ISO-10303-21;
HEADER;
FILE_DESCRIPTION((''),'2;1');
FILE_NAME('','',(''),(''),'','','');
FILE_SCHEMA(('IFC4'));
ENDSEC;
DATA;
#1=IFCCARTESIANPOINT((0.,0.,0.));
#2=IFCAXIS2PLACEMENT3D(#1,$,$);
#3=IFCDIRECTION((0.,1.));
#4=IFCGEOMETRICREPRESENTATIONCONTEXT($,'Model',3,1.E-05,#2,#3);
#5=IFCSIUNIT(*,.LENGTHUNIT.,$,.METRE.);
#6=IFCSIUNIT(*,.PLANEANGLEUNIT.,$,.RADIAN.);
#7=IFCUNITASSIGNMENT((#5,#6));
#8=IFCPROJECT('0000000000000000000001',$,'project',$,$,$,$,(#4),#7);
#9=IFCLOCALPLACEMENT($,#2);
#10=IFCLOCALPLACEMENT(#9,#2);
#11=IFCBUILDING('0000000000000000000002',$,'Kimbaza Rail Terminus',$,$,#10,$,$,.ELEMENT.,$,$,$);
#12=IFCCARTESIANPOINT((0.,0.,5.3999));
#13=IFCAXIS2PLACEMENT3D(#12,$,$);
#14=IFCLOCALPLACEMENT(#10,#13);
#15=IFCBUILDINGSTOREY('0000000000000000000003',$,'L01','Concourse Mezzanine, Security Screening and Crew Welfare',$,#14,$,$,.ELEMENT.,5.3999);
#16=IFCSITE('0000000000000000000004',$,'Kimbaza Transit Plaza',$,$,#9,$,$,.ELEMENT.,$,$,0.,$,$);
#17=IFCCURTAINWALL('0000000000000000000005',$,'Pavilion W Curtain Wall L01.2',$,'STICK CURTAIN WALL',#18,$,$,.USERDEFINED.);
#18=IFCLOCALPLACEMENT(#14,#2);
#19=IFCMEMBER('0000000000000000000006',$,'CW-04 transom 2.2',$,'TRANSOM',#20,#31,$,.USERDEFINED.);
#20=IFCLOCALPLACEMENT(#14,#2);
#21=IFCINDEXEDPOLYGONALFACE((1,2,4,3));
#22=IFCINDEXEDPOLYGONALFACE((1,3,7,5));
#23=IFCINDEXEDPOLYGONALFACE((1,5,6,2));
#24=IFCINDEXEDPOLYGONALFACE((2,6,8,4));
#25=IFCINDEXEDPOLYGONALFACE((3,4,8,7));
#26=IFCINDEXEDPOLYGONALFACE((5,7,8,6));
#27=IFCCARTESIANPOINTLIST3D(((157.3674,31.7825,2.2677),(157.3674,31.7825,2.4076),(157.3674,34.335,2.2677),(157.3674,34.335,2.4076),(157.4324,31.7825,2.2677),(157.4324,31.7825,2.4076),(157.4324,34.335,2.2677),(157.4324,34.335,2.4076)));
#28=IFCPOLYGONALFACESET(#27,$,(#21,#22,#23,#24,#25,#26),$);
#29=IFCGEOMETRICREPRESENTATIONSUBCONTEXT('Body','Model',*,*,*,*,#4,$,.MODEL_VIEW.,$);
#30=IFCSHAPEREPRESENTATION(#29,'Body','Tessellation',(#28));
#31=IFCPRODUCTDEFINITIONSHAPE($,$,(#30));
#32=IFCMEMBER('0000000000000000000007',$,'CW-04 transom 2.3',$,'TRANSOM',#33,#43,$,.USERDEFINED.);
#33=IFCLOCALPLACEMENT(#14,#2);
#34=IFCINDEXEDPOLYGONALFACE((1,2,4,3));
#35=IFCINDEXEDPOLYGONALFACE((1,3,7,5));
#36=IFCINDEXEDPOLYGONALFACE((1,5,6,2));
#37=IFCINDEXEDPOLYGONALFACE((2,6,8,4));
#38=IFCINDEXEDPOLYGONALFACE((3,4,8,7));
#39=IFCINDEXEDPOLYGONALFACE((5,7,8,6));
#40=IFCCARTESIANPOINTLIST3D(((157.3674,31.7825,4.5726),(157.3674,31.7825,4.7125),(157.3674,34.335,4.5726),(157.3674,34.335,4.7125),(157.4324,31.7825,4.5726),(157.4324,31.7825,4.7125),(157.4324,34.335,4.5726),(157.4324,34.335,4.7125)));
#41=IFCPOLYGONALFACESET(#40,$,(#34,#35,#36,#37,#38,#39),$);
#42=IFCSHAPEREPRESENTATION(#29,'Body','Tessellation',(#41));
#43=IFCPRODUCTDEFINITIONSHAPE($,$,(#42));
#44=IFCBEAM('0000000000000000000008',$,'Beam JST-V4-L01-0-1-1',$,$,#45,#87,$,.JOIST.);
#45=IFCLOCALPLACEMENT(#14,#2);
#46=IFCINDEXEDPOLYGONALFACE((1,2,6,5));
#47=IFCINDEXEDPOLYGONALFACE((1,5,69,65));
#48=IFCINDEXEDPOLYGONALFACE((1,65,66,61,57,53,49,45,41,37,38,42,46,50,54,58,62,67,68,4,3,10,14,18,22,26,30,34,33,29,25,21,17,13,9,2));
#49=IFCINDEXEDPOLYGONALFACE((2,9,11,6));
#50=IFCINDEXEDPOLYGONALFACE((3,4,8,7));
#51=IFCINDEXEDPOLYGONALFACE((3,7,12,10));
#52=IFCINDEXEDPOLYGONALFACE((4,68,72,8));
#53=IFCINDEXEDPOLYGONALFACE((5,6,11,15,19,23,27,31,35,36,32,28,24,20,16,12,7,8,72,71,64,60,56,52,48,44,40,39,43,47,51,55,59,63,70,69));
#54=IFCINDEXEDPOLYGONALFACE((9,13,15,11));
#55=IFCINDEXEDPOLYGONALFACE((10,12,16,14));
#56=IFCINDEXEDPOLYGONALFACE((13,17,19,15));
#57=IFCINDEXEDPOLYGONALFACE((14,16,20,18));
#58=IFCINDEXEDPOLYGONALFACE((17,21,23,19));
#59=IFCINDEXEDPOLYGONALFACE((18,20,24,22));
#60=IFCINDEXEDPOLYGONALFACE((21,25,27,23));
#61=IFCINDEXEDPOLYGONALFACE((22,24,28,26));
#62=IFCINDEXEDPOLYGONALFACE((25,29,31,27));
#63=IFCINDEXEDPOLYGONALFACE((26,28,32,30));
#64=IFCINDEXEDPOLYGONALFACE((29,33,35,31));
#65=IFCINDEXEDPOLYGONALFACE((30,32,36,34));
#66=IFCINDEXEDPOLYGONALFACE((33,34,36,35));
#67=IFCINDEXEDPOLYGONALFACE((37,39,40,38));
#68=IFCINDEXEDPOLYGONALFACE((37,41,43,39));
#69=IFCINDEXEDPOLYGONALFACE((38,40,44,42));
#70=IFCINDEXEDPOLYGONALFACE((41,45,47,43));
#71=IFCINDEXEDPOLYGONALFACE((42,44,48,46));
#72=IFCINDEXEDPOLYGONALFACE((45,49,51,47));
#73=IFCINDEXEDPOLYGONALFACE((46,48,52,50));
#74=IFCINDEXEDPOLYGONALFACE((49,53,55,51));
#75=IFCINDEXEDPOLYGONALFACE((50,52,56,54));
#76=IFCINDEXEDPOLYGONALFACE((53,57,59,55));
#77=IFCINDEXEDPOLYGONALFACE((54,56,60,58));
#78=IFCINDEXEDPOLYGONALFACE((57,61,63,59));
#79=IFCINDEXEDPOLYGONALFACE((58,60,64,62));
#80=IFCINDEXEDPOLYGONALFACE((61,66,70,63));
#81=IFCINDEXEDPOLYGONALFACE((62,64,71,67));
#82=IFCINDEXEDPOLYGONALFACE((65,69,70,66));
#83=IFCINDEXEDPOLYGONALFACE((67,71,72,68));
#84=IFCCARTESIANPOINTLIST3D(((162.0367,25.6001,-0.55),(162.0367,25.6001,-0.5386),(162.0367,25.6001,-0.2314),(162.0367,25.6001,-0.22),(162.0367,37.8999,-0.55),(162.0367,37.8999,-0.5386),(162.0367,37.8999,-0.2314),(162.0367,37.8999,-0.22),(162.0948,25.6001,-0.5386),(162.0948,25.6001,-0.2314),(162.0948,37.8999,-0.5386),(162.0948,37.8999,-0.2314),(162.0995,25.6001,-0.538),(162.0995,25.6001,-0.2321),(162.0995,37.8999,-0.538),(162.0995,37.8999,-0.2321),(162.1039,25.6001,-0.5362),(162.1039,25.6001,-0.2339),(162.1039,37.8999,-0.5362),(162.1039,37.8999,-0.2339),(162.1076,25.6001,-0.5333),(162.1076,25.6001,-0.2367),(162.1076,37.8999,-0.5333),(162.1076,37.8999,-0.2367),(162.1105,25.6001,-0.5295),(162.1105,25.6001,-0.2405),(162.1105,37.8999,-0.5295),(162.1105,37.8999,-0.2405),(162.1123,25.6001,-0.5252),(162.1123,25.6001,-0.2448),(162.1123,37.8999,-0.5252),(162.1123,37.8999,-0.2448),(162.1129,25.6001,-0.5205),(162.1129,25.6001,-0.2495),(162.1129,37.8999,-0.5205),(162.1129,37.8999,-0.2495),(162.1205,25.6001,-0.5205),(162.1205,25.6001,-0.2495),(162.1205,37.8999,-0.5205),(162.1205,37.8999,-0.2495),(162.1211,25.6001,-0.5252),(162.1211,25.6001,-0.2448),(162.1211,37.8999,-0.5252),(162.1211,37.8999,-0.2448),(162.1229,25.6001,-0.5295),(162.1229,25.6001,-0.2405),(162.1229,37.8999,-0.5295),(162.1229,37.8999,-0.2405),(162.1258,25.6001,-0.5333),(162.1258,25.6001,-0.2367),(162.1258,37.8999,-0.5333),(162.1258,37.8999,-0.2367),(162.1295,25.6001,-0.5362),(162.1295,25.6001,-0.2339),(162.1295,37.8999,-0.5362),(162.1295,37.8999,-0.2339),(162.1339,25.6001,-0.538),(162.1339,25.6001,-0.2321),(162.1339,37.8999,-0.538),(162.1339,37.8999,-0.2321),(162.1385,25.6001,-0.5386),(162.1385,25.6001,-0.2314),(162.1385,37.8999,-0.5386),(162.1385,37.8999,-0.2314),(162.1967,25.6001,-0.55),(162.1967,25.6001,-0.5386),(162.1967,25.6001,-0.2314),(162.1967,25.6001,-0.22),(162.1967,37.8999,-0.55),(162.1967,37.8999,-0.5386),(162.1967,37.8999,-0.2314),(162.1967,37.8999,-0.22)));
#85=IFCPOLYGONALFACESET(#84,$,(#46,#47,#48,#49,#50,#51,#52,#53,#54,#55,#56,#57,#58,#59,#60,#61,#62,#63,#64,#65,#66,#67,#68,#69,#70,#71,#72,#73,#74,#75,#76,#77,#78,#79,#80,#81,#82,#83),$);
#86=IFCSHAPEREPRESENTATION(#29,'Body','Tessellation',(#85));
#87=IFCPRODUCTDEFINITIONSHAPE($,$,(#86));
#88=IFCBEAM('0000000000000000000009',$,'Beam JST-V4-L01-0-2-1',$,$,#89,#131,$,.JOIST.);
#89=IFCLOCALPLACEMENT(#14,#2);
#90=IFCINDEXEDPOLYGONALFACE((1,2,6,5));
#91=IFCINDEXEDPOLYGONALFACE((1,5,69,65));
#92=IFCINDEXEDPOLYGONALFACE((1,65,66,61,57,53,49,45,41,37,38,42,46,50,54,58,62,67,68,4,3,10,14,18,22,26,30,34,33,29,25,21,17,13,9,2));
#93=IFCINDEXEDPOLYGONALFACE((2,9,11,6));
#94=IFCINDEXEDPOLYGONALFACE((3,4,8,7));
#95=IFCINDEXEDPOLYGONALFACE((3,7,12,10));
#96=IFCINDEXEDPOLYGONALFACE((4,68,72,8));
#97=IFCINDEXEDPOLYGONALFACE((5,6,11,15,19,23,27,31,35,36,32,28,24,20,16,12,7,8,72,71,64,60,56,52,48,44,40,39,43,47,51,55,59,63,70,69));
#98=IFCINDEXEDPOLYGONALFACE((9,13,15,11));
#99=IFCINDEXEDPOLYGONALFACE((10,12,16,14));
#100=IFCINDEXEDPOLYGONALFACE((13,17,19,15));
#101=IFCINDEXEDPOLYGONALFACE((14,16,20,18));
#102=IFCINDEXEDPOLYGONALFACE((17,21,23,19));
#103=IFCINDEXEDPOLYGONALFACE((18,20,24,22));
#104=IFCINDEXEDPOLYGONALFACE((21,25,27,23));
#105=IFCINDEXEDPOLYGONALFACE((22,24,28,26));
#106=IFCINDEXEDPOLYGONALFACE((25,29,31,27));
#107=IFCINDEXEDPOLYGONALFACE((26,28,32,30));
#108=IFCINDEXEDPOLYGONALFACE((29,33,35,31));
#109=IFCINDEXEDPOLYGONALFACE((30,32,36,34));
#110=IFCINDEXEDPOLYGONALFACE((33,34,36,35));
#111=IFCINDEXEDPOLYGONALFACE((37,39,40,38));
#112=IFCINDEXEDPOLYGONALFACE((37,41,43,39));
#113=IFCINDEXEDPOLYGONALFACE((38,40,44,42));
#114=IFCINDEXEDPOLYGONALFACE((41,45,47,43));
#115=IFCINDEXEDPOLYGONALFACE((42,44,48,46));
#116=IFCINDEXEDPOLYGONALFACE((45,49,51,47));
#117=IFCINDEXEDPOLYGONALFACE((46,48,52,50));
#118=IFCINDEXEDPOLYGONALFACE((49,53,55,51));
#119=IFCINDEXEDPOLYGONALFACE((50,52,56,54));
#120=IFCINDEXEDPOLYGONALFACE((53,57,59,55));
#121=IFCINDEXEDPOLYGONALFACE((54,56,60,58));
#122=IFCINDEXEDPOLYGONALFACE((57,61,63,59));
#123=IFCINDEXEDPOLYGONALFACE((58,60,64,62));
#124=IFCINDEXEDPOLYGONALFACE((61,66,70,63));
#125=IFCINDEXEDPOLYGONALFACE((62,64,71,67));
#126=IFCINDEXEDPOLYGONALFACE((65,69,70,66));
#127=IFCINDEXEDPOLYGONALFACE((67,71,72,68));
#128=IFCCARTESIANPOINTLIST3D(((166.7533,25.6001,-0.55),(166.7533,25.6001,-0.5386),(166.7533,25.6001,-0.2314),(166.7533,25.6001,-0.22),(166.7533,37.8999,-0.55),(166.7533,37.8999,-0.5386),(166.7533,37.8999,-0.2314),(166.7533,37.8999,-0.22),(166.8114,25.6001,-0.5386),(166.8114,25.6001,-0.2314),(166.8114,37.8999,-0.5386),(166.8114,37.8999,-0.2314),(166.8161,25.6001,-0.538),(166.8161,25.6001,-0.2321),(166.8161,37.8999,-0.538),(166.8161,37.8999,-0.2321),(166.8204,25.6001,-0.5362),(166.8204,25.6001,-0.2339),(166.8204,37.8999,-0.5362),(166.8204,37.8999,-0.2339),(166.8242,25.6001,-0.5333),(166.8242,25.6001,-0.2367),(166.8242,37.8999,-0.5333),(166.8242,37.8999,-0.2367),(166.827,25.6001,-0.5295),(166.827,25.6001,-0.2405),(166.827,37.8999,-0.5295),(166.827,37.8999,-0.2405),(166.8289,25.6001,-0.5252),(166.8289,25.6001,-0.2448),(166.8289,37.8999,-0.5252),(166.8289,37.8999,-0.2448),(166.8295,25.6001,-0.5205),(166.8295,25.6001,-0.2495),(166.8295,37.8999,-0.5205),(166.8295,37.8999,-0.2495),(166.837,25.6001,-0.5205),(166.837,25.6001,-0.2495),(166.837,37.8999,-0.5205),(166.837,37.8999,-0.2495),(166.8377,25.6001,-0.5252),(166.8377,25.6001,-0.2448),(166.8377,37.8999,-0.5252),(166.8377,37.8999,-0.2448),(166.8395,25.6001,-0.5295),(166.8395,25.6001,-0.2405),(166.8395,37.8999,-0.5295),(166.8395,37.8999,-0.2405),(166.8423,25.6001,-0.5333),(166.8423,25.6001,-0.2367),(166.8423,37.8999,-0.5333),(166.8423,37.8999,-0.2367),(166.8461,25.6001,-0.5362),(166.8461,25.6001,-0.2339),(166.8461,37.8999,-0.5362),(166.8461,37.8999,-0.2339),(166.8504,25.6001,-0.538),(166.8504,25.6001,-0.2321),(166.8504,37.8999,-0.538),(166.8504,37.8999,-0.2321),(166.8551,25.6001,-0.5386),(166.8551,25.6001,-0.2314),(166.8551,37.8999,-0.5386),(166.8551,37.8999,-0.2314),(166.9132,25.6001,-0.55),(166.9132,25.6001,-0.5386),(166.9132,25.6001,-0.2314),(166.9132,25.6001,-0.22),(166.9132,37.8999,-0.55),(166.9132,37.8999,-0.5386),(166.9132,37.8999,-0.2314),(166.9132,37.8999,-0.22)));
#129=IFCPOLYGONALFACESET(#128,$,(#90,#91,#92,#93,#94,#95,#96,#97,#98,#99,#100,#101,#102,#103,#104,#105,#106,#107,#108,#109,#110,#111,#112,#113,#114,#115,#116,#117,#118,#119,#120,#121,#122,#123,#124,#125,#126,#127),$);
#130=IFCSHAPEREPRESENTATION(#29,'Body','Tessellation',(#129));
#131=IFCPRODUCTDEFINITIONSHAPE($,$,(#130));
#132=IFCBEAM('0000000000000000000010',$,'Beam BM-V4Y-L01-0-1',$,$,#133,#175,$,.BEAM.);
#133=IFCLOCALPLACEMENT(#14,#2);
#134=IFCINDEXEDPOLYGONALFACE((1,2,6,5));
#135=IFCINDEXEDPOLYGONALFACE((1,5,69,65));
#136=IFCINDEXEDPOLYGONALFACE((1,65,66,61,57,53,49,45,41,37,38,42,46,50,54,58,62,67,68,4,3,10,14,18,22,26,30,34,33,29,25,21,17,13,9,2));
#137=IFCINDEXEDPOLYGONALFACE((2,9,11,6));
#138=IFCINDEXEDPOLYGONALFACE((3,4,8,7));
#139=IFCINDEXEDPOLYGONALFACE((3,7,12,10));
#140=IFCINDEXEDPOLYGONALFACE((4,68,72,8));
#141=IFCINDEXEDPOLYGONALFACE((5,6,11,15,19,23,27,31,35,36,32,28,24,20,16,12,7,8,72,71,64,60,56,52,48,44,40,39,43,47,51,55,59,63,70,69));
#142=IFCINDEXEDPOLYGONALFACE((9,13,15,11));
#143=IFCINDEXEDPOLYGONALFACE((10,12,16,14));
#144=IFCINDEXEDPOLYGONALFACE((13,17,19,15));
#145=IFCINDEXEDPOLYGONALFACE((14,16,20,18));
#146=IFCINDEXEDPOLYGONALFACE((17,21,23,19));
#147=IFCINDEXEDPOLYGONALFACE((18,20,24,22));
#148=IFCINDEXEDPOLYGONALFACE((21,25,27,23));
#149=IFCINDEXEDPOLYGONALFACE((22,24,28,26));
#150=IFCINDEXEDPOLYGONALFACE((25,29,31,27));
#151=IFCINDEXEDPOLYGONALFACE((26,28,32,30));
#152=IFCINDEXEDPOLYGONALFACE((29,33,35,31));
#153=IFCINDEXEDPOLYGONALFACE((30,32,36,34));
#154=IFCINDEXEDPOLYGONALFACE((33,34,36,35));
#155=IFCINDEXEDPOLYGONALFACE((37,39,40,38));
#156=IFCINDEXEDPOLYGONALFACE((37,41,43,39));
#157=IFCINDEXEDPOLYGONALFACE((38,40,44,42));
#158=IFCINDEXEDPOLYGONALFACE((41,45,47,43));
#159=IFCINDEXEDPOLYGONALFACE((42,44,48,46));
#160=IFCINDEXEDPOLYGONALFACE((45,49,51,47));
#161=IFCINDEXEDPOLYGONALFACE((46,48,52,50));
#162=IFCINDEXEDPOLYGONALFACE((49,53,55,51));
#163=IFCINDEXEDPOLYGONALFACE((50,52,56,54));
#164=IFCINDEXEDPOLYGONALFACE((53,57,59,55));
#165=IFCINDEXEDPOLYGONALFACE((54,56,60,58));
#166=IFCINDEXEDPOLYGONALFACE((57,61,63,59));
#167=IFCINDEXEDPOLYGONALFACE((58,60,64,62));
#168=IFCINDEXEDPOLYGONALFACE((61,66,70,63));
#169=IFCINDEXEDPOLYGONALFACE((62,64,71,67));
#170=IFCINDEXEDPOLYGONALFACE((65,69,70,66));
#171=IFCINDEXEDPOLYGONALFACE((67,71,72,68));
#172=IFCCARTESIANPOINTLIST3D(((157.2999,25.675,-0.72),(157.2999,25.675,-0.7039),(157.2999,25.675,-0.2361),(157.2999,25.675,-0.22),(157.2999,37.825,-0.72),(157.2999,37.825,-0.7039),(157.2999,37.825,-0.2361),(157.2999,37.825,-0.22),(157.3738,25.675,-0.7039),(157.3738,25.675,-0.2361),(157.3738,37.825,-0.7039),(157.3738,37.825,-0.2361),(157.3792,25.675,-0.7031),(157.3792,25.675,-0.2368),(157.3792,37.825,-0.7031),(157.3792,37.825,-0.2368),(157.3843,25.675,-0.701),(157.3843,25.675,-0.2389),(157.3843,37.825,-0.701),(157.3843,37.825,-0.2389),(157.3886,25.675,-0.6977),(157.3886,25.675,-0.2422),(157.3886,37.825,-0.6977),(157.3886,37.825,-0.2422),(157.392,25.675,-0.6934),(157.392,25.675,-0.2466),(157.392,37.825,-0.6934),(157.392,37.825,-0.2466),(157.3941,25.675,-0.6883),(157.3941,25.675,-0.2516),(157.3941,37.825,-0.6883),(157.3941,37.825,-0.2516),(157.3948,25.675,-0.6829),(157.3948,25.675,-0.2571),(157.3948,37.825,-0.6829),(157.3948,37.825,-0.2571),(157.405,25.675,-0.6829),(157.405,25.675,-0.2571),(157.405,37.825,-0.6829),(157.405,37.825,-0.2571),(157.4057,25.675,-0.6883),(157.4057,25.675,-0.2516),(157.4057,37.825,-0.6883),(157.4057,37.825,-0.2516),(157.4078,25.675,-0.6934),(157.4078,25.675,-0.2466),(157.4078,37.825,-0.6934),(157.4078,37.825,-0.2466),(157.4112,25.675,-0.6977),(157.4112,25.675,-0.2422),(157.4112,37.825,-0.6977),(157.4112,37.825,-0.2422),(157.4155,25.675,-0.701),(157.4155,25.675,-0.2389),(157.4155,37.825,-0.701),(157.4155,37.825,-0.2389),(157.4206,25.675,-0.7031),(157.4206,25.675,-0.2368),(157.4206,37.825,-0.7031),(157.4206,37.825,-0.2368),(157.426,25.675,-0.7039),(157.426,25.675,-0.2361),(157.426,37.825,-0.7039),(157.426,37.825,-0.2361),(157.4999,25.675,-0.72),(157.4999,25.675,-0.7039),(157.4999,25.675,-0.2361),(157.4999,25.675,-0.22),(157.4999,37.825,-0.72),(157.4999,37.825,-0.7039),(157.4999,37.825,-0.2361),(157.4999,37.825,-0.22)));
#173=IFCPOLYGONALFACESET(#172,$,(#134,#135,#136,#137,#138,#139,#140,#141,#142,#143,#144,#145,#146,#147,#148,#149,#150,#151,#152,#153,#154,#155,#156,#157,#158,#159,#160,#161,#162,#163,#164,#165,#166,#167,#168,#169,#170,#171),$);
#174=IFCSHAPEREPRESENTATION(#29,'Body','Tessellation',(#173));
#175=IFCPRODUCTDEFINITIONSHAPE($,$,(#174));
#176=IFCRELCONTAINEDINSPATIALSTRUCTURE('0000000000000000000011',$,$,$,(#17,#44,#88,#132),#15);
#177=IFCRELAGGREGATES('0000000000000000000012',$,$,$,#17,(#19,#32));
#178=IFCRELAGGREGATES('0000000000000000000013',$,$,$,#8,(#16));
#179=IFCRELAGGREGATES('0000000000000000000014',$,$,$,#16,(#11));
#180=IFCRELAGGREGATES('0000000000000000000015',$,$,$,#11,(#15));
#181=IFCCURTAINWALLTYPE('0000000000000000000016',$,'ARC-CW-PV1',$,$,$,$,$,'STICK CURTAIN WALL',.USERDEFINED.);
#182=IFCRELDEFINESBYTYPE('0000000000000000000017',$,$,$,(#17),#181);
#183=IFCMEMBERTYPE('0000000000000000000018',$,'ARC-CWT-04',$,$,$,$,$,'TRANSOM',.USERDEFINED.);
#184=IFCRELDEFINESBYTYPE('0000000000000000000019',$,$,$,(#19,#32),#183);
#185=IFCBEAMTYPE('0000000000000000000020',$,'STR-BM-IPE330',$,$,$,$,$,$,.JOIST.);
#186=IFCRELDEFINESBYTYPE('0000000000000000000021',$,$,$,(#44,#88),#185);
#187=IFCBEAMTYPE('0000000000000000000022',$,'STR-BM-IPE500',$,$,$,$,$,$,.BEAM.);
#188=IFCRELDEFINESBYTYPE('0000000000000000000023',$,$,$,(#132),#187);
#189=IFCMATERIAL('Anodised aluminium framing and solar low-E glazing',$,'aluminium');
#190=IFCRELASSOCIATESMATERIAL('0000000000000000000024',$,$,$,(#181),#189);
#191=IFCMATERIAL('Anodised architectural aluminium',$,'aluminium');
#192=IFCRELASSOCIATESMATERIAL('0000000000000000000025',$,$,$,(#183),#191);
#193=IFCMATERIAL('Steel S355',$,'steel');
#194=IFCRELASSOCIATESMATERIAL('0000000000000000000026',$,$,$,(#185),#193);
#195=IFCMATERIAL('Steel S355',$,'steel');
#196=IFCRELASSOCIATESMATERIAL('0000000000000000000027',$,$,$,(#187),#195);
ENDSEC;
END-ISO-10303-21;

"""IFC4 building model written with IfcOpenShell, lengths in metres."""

from ifc_helpers import new_model, si_unit, direction, frame, origin, origin_2d, place, context, subcontext, project, spatial, rectangle, i_section, extrude, material, material_profile, profile_set, type_object, element, aggregate, save


model = new_model("IFC4")

# Units and contexts
model_context = context("Model", 3, precision=1e-05, world=origin(), true_north=direction((0.0, 1.0)))
body_context = subcontext(model_context, "Body", "Model", "MODEL_VIEW")
ifc_project = project(units=[si_unit("LENGTHUNIT", "METRE"), si_unit("PLANEANGLEUNIT", "RADIAN")], contexts=[model_context])

# Site, building, storey
site_placement = place(None, origin())
site = spatial("IfcSite", under=ifc_project, at=site_placement, Name="Kimbaza Transit Plaza", CompositionType="ELEMENT", RefElevation=0.0)
building_placement = place(site_placement, origin())
building = spatial("IfcBuilding", under=site, at=building_placement, Name="Kimbaza Rail Terminus", CompositionType="ELEMENT")
storey_placement = place(building_placement, frame((0.0, 0.0, 5.3999)))
storey = spatial("IfcBuildingStorey", under=building, at=storey_placement, Name="L01", Description="Concourse Mezzanine, Security Screening and Crew Welfare", CompositionType="ELEMENT", Elevation=5.3999)

# Curtain wall
ifc_material_1 = material(Name="Anodised aluminium framing and solar low-E glazing", Category="aluminium")
curtain_wall_type = type_object("IfcCurtainWallType", Name="ARC-CW-PV1", ElementType="STICK CURTAIN WALL", PredefinedType="USERDEFINED", material=ifc_material_1)
curtain_wall_1_placement = place(storey_placement, origin())
curtain_wall_1 = element("IfcCurtainWall", 1, at=curtain_wall_1_placement, inside=storey, type_object=curtain_wall_type, Name="Pavilion W Curtain Wall L01.2", ObjectType="STICK CURTAIN WALL", PredefinedType="USERDEFINED")

# Members
ifc_material_2 = material(Name="Anodised architectural aluminium", Category="aluminium")
ifc_material_profile_1 = material_profile(ifc_material_2, rectangle(XDim=0.0649, YDim=0.1399, at=origin_2d()), Name="TRANSOM 65x140")
ifc_profile_set_1 = profile_set([ifc_material_profile_1], Name="Anodised architectural aluminium")
member_type_1 = type_object("IfcMemberType", Name="ARC-CWT-04", ElementType="TRANSOM", PredefinedType="USERDEFINED", material=ifc_profile_set_1)
member_1_placement = place(storey_placement, frame((157.3999, 31.7825, 2.3376), z_axis=(0.0, 1.0, 0.0), x_axis=(-1.0, 0.0, 0.0)))
member_1 = element("IfcMember", 2, at=member_1_placement, type_object=member_type_1, Name="CW-04 transom 2.2", ObjectType="TRANSOM", PredefinedType="USERDEFINED", context=body_context, shape_type="SweptSolid", body=[
    extrude(rectangle(XDim=0.0649, YDim=0.1399, at=origin_2d()), origin(), (0.0, 0.0, 1.0), 2.5525),
])
member_2_placement = place(storey_placement, frame((157.3999, 31.7825, 4.6426), z_axis=(0.0, 1.0, 0.0), x_axis=(-1.0, 0.0, 0.0)))
member_2 = element("IfcMember", 3, at=member_2_placement, type_object=member_type_1, Name="CW-04 transom 2.3", ObjectType="TRANSOM", PredefinedType="USERDEFINED", context=body_context, shape_type="SweptSolid", body=[
    extrude(rectangle(XDim=0.0649, YDim=0.1399, at=origin_2d()), origin(), (0.0, 0.0, 1.0), 2.5525),
])

# Beams
ifc_material_3 = material(Name="Steel S355", Category="steel")
ifc_material_profile_2 = material_profile(ifc_material_3, i_section(OverallWidth=0.1599, OverallDepth=0.3301, WebThickness=0.0076, FlangeThickness=0.0115, FilletRadius=0.0181, at=origin_2d()), Name="IPE 330")
ifc_profile_set_2 = profile_set([ifc_material_profile_2], Name="Steel S355")
beam_type_1 = type_object("IfcBeamType", Name="STR-BM-IPE330", PredefinedType="JOIST", material=ifc_profile_set_2)
for number, where, z_axis, x_axis, name in (
    (4, (162.1167, 25.6001, -0.385), (0.0, 1.0, 0.0), (-1.0, 0.0, 0.0), "Beam JST-V4-L01-0-1-1"),
    (5, (166.8333, 25.6001, -0.385), (0.0, 1.0, 0.0), (-1.0, 0.0, 0.0), "Beam JST-V4-L01-0-2-1"),
):
    element("IfcBeam", number, at=place(storey_placement, frame(where, z_axis=z_axis, x_axis=x_axis)), inside=storey, type_object=beam_type_1, Name=name, PredefinedType="JOIST", context=body_context, shape_type="SweptSolid", body=[
        extrude(i_section(OverallWidth=0.1599, OverallDepth=0.3301, WebThickness=0.0076, FlangeThickness=0.0115, FilletRadius=0.0181, at=origin_2d()), origin(), (0.0, 0.0, 1.0), 12.2998),
    ])
ifc_material_4 = material(Name="Steel S355", Category="steel")
ifc_material_profile_3 = material_profile(ifc_material_4, i_section(OverallWidth=0.2, OverallDepth=0.5, WebThickness=0.0103, FlangeThickness=0.0161, FilletRadius=0.021, at=origin_2d()), Name="IPE 500")
ifc_profile_set_3 = profile_set([ifc_material_profile_3], Name="Steel S355")
beam_type_2 = type_object("IfcBeamType", Name="STR-BM-IPE500", PredefinedType="BEAM", material=ifc_profile_set_3)
beam_1_placement = place(storey_placement, frame((157.3999, 25.675, -0.47), z_axis=(0.0, 1.0, 0.0), x_axis=(-1.0, 0.0, 0.0)))
element("IfcBeam", 6, at=beam_1_placement, inside=storey, type_object=beam_type_2, Name="Beam BM-V4Y-L01-0-1", PredefinedType="BEAM", context=body_context, shape_type="SweptSolid", body=[
    extrude(i_section(OverallWidth=0.2, OverallDepth=0.5, WebThickness=0.0103, FlangeThickness=0.0161, FilletRadius=0.021, at=origin_2d()), origin(), (0.0, 0.0, 1.0), 12.1499),
])

aggregate(curtain_wall_1, [member_1, member_2])

save(model, "model.ifc")
